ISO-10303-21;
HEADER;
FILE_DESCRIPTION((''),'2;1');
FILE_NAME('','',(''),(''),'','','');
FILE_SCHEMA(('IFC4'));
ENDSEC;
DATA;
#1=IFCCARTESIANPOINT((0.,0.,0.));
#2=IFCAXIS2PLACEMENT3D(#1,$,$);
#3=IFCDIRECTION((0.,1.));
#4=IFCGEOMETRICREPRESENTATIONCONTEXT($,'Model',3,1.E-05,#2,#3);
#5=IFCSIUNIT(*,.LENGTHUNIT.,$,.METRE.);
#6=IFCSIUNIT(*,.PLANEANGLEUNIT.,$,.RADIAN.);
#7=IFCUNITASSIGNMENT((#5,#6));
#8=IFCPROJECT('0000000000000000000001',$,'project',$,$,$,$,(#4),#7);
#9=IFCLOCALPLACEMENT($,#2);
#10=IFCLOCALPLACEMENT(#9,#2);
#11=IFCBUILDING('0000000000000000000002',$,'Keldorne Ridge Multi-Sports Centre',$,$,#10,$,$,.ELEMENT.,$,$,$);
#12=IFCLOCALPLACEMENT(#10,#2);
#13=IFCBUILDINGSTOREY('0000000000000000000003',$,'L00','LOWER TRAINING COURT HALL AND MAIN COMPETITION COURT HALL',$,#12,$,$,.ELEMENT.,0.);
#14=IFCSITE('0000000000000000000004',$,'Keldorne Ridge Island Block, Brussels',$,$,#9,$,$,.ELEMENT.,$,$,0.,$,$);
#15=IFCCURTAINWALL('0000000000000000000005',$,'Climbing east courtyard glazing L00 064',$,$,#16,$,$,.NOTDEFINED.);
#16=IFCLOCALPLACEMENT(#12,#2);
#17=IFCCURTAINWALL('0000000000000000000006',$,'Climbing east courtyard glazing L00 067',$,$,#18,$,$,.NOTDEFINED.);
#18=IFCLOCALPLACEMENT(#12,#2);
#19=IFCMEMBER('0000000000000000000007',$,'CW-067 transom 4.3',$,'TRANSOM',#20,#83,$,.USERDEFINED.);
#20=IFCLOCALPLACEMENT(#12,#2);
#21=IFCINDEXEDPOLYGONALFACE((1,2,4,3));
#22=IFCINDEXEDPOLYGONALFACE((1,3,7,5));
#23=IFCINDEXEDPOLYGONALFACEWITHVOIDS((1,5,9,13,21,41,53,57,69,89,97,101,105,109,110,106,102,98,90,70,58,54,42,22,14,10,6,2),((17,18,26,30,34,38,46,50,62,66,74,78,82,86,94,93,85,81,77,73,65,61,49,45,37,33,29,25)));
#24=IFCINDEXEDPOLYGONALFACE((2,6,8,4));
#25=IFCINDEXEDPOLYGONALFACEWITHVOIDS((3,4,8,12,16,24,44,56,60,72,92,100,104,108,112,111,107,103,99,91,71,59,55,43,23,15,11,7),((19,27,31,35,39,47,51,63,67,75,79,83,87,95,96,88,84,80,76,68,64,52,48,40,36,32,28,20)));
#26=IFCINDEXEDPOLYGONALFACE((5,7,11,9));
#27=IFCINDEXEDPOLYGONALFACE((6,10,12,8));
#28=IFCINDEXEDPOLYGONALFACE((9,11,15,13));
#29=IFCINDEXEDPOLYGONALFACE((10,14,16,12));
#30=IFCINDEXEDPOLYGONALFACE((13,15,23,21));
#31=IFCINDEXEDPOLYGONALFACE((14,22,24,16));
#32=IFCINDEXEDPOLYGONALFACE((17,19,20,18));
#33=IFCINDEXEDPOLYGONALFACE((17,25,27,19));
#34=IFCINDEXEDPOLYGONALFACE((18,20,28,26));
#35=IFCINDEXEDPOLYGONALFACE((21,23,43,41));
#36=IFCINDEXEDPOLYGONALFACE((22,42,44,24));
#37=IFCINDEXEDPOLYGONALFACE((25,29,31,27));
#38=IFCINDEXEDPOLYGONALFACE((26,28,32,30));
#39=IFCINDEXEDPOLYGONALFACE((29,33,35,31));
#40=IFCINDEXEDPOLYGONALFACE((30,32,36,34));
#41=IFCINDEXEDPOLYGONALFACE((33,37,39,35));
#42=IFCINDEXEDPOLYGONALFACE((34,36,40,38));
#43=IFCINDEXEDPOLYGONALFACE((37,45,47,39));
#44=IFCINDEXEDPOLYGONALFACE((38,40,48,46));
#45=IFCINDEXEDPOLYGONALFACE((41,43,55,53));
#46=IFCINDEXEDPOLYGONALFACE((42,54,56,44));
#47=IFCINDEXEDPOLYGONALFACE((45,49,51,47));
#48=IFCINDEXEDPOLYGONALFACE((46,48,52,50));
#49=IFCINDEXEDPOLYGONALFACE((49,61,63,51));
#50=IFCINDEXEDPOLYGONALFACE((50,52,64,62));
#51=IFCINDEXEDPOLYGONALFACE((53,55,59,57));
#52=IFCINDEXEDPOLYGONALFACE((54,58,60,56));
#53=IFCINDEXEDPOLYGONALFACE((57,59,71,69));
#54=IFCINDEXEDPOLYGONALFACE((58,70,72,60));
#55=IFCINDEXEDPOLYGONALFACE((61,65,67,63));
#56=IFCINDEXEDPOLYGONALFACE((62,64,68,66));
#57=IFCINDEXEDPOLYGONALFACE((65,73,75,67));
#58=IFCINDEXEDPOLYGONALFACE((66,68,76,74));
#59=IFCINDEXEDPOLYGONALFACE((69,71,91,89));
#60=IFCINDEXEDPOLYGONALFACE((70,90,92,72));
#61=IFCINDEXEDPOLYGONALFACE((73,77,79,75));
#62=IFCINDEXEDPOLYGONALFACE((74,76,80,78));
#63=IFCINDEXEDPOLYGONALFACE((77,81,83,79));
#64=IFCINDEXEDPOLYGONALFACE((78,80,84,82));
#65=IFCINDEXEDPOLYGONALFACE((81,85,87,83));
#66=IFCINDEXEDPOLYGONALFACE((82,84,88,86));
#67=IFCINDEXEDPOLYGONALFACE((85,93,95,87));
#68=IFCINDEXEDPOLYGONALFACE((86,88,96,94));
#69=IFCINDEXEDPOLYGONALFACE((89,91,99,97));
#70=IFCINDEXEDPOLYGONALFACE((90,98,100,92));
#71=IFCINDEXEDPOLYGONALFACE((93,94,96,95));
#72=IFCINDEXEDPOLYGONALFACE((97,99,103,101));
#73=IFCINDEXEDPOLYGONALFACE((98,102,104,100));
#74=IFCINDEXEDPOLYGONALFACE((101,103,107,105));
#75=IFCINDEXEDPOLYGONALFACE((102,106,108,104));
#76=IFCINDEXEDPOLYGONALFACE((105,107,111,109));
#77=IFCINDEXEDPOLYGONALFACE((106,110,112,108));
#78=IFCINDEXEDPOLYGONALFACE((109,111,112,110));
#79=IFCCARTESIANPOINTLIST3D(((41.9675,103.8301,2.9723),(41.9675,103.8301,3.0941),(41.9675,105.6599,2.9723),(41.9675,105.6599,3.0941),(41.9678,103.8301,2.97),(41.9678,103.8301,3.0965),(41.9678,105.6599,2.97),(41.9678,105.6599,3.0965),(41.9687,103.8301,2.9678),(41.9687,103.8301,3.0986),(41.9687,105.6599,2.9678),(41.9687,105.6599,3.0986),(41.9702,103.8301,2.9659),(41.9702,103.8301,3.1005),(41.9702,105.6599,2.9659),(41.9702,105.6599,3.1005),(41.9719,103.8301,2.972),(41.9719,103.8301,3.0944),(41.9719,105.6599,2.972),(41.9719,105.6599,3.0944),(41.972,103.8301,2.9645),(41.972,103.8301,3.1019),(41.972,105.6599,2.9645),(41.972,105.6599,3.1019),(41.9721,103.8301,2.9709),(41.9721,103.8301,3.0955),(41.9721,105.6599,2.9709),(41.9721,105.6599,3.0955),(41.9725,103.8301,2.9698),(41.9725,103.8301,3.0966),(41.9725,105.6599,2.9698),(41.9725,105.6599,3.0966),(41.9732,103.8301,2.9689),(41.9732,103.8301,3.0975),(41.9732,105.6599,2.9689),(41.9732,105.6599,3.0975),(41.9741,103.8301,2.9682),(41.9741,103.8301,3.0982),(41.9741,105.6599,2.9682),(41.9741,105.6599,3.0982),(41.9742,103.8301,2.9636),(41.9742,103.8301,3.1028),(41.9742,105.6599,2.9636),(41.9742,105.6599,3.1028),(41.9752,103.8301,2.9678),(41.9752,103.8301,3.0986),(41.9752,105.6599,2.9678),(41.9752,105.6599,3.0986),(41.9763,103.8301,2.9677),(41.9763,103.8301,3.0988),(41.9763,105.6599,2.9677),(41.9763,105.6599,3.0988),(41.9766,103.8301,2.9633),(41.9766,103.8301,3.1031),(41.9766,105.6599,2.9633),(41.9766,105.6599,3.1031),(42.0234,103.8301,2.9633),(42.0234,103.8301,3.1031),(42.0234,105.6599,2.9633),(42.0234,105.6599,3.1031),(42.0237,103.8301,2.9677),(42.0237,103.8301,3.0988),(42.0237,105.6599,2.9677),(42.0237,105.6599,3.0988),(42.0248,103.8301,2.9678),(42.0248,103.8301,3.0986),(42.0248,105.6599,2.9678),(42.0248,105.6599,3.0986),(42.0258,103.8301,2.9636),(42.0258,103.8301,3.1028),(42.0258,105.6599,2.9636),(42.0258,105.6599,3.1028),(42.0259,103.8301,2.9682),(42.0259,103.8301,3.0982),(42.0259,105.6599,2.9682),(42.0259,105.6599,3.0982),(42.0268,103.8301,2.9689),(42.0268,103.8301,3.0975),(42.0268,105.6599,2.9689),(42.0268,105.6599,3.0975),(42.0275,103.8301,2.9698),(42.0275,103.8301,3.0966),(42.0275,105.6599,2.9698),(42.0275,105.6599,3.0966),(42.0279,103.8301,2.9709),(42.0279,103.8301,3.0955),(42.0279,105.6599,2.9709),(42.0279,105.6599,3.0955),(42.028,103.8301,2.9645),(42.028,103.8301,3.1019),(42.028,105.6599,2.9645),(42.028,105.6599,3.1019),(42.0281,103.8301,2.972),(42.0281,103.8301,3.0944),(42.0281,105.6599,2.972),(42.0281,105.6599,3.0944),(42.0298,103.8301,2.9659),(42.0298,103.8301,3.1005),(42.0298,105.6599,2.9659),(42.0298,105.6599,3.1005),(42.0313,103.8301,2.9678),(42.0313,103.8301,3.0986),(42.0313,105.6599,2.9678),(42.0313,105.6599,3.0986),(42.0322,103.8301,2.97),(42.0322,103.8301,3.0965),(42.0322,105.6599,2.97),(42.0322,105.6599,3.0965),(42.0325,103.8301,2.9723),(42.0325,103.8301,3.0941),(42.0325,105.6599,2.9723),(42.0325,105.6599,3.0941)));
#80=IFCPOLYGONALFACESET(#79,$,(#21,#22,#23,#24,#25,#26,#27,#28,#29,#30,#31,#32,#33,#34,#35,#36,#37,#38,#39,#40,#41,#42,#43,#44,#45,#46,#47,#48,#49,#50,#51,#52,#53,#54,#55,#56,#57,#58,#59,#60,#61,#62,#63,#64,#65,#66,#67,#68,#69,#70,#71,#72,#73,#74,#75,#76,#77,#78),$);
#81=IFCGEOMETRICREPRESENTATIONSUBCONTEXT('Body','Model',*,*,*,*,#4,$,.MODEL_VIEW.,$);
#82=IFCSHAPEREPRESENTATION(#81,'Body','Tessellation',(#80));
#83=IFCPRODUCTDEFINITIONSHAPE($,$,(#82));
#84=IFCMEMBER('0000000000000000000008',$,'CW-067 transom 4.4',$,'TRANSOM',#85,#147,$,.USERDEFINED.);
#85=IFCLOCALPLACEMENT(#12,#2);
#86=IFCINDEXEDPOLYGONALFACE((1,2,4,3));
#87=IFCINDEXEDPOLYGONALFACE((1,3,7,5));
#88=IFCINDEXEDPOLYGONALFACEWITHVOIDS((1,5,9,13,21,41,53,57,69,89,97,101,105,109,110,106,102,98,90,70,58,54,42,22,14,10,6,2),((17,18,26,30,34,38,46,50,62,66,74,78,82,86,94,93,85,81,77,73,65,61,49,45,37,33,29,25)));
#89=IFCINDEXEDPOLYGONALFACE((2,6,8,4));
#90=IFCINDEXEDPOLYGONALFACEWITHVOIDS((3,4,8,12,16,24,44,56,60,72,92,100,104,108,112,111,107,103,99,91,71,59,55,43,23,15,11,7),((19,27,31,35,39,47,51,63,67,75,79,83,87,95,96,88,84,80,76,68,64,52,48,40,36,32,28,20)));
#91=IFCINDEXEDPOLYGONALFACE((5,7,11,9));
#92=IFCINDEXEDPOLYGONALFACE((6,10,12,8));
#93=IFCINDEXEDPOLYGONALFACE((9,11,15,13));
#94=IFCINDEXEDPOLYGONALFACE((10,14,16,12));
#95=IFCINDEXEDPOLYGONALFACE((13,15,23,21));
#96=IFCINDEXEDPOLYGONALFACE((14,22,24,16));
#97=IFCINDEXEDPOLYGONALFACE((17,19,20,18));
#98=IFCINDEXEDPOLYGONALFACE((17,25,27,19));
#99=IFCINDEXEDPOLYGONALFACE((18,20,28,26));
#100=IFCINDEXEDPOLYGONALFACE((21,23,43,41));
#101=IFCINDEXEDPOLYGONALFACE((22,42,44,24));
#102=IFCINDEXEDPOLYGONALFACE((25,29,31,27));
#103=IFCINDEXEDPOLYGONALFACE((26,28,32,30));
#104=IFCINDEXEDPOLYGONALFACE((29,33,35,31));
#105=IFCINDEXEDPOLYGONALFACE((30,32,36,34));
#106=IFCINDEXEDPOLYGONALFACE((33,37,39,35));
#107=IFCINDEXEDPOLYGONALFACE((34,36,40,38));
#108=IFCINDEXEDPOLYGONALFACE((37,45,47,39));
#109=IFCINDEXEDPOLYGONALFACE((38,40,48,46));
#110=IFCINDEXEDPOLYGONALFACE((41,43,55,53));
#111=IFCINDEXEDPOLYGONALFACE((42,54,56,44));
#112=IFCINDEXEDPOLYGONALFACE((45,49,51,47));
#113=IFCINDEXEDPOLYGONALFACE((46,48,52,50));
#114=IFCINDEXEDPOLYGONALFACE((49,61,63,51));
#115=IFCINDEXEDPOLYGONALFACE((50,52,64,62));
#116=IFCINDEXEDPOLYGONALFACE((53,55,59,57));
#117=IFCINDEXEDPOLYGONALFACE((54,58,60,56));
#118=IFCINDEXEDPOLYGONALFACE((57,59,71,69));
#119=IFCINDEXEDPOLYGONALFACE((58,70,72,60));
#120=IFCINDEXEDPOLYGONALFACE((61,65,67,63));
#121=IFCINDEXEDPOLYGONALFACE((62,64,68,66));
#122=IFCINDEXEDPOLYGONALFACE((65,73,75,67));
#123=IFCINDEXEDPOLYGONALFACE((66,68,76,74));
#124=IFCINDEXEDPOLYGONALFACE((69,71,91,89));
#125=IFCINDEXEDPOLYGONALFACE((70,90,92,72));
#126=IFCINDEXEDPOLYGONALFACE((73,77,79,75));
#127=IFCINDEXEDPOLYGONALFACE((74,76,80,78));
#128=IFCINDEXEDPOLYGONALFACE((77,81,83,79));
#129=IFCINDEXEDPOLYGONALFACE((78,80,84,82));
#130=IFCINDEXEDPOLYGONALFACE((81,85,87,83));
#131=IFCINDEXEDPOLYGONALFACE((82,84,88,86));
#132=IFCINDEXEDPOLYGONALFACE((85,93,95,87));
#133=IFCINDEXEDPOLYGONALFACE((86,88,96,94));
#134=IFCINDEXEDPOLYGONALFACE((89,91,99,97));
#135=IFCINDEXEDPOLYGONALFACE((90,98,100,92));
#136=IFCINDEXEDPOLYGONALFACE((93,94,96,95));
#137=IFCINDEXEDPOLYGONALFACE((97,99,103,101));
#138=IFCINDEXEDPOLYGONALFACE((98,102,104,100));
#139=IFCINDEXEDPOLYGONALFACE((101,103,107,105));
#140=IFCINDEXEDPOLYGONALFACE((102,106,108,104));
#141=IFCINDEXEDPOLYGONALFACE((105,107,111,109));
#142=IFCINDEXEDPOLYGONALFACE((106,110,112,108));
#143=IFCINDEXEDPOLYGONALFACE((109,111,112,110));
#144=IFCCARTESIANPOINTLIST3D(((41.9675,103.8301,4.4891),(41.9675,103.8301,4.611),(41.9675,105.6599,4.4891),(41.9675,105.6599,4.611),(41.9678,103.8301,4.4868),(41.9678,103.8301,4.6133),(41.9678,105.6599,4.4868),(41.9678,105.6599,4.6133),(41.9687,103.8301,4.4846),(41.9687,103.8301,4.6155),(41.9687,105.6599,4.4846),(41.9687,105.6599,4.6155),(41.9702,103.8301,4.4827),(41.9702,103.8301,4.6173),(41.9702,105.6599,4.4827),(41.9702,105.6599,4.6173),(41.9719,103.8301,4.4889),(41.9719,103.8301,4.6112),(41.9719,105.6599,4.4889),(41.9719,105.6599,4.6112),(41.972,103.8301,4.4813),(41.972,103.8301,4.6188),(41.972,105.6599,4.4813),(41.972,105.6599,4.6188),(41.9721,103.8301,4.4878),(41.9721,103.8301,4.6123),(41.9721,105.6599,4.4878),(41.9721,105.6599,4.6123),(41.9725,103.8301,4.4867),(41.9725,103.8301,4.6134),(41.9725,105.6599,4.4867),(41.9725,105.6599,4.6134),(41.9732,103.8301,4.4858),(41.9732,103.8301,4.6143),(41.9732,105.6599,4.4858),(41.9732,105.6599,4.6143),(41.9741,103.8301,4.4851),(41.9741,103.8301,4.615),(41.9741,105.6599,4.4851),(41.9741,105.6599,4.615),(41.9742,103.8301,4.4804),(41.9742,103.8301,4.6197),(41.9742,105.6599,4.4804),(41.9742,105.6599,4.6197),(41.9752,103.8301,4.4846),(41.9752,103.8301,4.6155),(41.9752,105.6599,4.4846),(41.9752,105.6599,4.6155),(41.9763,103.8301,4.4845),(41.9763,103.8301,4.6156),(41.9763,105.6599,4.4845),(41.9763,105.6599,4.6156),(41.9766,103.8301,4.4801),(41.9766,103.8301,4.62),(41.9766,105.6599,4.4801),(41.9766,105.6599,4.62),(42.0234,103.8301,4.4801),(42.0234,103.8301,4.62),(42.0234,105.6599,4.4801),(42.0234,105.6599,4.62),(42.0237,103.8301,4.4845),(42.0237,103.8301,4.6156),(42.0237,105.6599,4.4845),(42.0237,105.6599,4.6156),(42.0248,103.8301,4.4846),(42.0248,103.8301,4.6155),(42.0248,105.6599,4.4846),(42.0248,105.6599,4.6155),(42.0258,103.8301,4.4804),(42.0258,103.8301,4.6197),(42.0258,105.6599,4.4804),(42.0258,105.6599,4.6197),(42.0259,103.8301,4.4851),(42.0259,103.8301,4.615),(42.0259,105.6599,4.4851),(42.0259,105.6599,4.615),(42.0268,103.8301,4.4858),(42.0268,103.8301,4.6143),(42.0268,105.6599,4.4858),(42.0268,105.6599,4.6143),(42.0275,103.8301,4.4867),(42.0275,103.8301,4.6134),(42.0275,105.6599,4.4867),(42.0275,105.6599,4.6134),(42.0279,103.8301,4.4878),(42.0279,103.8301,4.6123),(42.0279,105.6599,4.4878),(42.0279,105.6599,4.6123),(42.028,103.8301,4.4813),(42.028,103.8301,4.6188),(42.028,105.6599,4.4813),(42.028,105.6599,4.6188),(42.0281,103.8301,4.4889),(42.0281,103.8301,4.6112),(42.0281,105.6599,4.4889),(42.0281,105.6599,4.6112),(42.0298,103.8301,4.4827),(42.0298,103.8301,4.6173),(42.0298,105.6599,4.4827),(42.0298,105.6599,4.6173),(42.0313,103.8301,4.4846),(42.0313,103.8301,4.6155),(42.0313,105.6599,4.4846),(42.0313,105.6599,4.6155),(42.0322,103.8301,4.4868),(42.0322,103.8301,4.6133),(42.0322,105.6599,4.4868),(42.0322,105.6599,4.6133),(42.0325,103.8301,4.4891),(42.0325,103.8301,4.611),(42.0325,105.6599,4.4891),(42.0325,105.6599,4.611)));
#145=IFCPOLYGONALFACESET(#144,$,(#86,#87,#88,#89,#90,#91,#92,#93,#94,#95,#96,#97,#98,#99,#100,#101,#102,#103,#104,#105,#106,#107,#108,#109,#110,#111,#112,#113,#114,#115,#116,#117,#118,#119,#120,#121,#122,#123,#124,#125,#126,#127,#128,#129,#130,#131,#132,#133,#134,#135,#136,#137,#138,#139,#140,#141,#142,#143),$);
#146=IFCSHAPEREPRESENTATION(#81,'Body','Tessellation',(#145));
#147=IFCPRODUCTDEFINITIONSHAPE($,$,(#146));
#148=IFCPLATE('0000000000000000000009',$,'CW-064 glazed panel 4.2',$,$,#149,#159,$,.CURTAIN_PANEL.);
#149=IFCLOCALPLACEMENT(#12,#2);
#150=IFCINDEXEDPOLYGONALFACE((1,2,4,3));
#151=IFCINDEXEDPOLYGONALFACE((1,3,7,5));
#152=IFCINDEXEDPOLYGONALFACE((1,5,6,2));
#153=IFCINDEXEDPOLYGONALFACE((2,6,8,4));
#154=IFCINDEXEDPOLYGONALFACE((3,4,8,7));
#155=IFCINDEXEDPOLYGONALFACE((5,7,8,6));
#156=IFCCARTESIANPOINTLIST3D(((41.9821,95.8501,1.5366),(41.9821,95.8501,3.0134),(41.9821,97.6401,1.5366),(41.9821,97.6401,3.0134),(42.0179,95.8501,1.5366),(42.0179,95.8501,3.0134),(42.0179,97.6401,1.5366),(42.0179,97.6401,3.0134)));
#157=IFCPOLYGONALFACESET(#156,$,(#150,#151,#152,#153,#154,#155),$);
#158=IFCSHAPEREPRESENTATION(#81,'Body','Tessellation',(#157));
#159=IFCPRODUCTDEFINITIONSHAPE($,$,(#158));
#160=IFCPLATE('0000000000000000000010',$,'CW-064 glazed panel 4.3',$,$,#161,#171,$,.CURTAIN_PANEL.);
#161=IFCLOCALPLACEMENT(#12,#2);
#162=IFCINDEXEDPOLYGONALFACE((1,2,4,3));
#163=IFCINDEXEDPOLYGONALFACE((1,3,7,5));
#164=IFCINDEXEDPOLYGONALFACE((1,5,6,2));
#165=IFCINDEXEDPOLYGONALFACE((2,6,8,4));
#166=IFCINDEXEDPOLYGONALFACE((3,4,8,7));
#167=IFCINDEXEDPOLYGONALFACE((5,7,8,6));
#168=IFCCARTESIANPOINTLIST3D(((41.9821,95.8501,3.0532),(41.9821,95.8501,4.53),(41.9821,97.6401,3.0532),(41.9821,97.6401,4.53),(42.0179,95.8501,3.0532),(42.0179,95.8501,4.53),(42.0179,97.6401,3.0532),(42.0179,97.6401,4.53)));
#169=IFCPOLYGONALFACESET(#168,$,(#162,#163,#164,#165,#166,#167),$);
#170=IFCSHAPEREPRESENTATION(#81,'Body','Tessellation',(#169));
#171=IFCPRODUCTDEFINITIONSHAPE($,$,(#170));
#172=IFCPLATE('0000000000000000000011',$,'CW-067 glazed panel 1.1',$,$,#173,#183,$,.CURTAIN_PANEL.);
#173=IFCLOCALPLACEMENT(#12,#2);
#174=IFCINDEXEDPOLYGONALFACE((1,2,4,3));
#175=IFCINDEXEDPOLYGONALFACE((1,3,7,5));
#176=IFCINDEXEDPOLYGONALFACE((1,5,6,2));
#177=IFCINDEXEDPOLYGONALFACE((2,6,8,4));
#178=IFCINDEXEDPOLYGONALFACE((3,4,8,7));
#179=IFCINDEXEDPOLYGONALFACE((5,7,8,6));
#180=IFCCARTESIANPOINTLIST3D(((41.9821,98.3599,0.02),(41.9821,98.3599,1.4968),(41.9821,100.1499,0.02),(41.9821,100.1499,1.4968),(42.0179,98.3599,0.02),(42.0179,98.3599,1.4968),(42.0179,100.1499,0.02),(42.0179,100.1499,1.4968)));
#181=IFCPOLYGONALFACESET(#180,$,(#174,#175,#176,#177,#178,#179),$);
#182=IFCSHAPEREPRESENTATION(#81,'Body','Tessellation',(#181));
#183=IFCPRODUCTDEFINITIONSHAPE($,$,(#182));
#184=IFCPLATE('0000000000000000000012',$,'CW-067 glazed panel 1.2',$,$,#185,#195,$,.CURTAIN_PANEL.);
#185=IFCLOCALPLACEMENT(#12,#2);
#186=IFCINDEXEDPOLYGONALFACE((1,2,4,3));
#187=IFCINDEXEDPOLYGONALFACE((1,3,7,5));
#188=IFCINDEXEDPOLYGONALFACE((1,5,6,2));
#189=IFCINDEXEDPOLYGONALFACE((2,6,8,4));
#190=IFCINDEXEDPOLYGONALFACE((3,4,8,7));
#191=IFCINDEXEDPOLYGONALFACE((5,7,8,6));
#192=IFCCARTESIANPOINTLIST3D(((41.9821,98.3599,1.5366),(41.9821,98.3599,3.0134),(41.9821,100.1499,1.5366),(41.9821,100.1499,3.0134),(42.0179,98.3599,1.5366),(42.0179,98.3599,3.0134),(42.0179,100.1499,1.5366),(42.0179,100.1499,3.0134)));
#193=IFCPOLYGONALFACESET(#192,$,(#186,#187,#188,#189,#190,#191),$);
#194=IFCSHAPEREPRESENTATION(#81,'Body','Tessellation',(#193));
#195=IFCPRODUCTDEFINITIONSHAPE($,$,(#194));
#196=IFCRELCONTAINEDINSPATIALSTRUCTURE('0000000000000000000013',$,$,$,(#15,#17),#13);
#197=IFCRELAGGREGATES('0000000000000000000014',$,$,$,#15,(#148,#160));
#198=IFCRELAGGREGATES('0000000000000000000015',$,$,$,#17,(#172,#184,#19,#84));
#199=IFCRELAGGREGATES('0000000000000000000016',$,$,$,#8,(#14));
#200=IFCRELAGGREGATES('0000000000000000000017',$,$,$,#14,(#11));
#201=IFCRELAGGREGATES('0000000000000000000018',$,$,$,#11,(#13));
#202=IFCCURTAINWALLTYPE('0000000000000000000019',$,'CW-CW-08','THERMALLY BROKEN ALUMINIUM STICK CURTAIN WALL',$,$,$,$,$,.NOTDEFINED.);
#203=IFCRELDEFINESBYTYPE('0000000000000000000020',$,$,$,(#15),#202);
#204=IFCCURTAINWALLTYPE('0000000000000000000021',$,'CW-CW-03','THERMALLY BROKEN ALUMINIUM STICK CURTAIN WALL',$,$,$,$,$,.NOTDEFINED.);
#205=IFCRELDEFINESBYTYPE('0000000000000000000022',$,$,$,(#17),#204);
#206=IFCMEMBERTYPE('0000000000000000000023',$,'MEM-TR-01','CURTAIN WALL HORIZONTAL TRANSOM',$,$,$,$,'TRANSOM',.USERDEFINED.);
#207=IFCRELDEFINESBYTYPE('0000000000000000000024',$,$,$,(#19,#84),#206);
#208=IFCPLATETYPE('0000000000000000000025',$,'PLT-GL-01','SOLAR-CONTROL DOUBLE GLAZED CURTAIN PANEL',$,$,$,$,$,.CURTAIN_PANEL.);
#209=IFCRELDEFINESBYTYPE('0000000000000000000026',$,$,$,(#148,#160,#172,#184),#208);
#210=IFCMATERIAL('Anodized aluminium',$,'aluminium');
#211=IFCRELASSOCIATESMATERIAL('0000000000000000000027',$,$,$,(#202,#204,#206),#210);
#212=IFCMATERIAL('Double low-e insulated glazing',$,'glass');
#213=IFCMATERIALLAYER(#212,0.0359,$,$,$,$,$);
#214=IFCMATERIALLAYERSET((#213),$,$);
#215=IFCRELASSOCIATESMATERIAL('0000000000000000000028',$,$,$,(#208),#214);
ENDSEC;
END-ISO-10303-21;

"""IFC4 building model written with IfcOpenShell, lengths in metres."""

from ifc_helpers import new_model, si_unit, direction, frame, origin, origin_2d, place, context, subcontext, project, spatial, rectangle, hollow_rectangle, extrude, material, layer, layer_set, material_profile, profile_set, type_object, element, aggregate, save


model = new_model("IFC4")

# Units and contexts
model_context = context("Model", 3, precision=1e-05, world=origin(), true_north=direction((0.0, 1.0)))
body_context = subcontext(model_context, "Body", "Model", "MODEL_VIEW")
ifc_project = project(units=[si_unit("LENGTHUNIT", "METRE"), si_unit("PLANEANGLEUNIT", "RADIAN")], contexts=[model_context])

# Site, building, storey
site_placement = place(None, origin())
site = spatial("IfcSite", under=ifc_project, at=site_placement, Name="Keldorne Ridge Island Block, Brussels", CompositionType="ELEMENT", RefElevation=0.0)
building_placement = place(site_placement, origin())
building = spatial("IfcBuilding", under=site, at=building_placement, Name="Keldorne Ridge Multi-Sports Centre", CompositionType="ELEMENT")
storey_placement = place(building_placement, origin())
storey = spatial("IfcBuildingStorey", under=building, at=storey_placement, Name="L00", Description="LOWER TRAINING COURT HALL AND MAIN COMPETITION COURT HALL", CompositionType="ELEMENT", Elevation=0.0)

# Curtain wall
ifc_material_1 = material(Name="Anodized aluminium", Category="aluminium")
curtain_wall_type_1 = type_object("IfcCurtainWallType", Name="CW-CW-08", Description="THERMALLY BROKEN ALUMINIUM STICK CURTAIN WALL", PredefinedType="NOTDEFINED", material=ifc_material_1)
curtain_wall_1_placement = place(storey_placement, origin())
curtain_wall_1 = element("IfcCurtainWall", 1, at=curtain_wall_1_placement, inside=storey, type_object=curtain_wall_type_1, Name="Climbing east courtyard glazing L00 064", PredefinedType="NOTDEFINED")

# Curtain wall, members
curtain_wall_type_2 = type_object("IfcCurtainWallType", Name="CW-CW-03", Description="THERMALLY BROKEN ALUMINIUM STICK CURTAIN WALL", PredefinedType="NOTDEFINED", material=ifc_material_1)
curtain_wall_2_placement = place(storey_placement, origin())
curtain_wall_2 = element("IfcCurtainWall", 2, at=curtain_wall_2_placement, inside=storey, type_object=curtain_wall_type_2, Name="Climbing east courtyard glazing L00 067", PredefinedType="NOTDEFINED")
ifc_material_profile_1 = material_profile(ifc_material_1, hollow_rectangle(XDim=0.0649, YDim=0.1399, WallThickness=0.0044, InnerFilletRadius=0.0044, OuterFilletRadius=0.009, at=origin_2d()), Name="ALU TRANSOM 140x65x4.5")
ifc_profile_set_1 = profile_set([ifc_material_profile_1], Name="Anodized aluminium")
member_type_1 = type_object("IfcMemberType", Name="MEM-TR-01", Description="CURTAIN WALL HORIZONTAL TRANSOM", ElementType="TRANSOM", PredefinedType="USERDEFINED", material=ifc_profile_set_1)
member_1_placement = place(storey_placement, frame((42.0, 103.8301, 3.0332), z_axis=(0.0, 1.0, 0.0), x_axis=(-1.0, 0.0, 0.0)))
member_1 = element("IfcMember", 3, at=member_1_placement, type_object=member_type_1, Name="CW-067 transom 4.3", ObjectType="TRANSOM", PredefinedType="USERDEFINED", context=body_context, shape_type="SweptSolid", body=[
    extrude(hollow_rectangle(XDim=0.0649, YDim=0.1399, WallThickness=0.0044, InnerFilletRadius=0.0044, OuterFilletRadius=0.009, at=origin_2d()), origin(), (0.0, 0.0, 1.0), 1.8298),
])
member_2_placement = place(storey_placement, frame((42.0, 103.8301, 4.55), z_axis=(0.0, 1.0, 0.0), x_axis=(-1.0, 0.0, 0.0)))
member_2 = element("IfcMember", 4, at=member_2_placement, type_object=member_type_1, Name="CW-067 transom 4.4", ObjectType="TRANSOM", PredefinedType="USERDEFINED", context=body_context, shape_type="SweptSolid", body=[
    extrude(hollow_rectangle(XDim=0.0649, YDim=0.1399, WallThickness=0.0044, InnerFilletRadius=0.0044, OuterFilletRadius=0.009, at=origin_2d()), origin(), (0.0, 0.0, 1.0), 1.8298),
])

# Plates
ifc_material_2 = material(Name="Double low-e insulated glazing", Category="glass")
ifc_layer_1 = layer(ifc_material_2, 0.0359)
ifc_layer_set_1 = layer_set([ifc_layer_1])
plate_type_1 = type_object("IfcPlateType", Name="PLT-GL-01", Description="SOLAR-CONTROL DOUBLE GLAZED CURTAIN PANEL", PredefinedType="CURTAIN_PANEL", material=ifc_layer_set_1)
plate_1_placement = place(storey_placement, frame((42.0, 96.7451, 1.5366), z_axis=(0.0, 0.0, 1.0), x_axis=(0.0, 1.0, 0.0)))
plate_1 = element("IfcPlate", 5, at=plate_1_placement, type_object=plate_type_1, Name="CW-064 glazed panel 4.2", PredefinedType="CURTAIN_PANEL", context=body_context, shape_type="SweptSolid", body=[
    extrude(rectangle(XDim=1.79, YDim=0.0359, at=origin_2d()), origin(), (0.0, 0.0, 1.0), 1.4768),
])
plate_2_placement = place(storey_placement, frame((42.0, 96.7451, 3.0532), z_axis=(0.0, 0.0, 1.0), x_axis=(0.0, 1.0, 0.0)))
plate_2 = element("IfcPlate", 6, at=plate_2_placement, type_object=plate_type_1, Name="CW-064 glazed panel 4.3", PredefinedType="CURTAIN_PANEL", context=body_context, shape_type="SweptSolid", body=[
    extrude(rectangle(XDim=1.79, YDim=0.0359, at=origin_2d()), origin(), (0.0, 0.0, 1.0), 1.4768),
])
aggregate(curtain_wall_1, [plate_1, plate_2])
plate_3_placement = place(storey_placement, frame((42.0, 99.2549, 0.02), z_axis=(0.0, 0.0, 1.0), x_axis=(0.0, 1.0, 0.0)))
plate_3 = element("IfcPlate", 7, at=plate_3_placement, type_object=plate_type_1, Name="CW-067 glazed panel 1.1", PredefinedType="CURTAIN_PANEL", context=body_context, shape_type="SweptSolid", body=[
    extrude(rectangle(XDim=1.79, YDim=0.0359, at=origin_2d()), origin(), (0.0, 0.0, 1.0), 1.4768),
])
plate_4_placement = place(storey_placement, frame((42.0, 99.2549, 1.5366), z_axis=(0.0, 0.0, 1.0), x_axis=(0.0, 1.0, 0.0)))
plate_4 = element("IfcPlate", 8, at=plate_4_placement, type_object=plate_type_1, Name="CW-067 glazed panel 1.2", PredefinedType="CURTAIN_PANEL", context=body_context, shape_type="SweptSolid", body=[
    extrude(rectangle(XDim=1.79, YDim=0.0359, at=origin_2d()), origin(), (0.0, 0.0, 1.0), 1.4768),
])
aggregate(curtain_wall_2, [plate_3, plate_4, member_1, member_2])

save(model, "model.ifc")
